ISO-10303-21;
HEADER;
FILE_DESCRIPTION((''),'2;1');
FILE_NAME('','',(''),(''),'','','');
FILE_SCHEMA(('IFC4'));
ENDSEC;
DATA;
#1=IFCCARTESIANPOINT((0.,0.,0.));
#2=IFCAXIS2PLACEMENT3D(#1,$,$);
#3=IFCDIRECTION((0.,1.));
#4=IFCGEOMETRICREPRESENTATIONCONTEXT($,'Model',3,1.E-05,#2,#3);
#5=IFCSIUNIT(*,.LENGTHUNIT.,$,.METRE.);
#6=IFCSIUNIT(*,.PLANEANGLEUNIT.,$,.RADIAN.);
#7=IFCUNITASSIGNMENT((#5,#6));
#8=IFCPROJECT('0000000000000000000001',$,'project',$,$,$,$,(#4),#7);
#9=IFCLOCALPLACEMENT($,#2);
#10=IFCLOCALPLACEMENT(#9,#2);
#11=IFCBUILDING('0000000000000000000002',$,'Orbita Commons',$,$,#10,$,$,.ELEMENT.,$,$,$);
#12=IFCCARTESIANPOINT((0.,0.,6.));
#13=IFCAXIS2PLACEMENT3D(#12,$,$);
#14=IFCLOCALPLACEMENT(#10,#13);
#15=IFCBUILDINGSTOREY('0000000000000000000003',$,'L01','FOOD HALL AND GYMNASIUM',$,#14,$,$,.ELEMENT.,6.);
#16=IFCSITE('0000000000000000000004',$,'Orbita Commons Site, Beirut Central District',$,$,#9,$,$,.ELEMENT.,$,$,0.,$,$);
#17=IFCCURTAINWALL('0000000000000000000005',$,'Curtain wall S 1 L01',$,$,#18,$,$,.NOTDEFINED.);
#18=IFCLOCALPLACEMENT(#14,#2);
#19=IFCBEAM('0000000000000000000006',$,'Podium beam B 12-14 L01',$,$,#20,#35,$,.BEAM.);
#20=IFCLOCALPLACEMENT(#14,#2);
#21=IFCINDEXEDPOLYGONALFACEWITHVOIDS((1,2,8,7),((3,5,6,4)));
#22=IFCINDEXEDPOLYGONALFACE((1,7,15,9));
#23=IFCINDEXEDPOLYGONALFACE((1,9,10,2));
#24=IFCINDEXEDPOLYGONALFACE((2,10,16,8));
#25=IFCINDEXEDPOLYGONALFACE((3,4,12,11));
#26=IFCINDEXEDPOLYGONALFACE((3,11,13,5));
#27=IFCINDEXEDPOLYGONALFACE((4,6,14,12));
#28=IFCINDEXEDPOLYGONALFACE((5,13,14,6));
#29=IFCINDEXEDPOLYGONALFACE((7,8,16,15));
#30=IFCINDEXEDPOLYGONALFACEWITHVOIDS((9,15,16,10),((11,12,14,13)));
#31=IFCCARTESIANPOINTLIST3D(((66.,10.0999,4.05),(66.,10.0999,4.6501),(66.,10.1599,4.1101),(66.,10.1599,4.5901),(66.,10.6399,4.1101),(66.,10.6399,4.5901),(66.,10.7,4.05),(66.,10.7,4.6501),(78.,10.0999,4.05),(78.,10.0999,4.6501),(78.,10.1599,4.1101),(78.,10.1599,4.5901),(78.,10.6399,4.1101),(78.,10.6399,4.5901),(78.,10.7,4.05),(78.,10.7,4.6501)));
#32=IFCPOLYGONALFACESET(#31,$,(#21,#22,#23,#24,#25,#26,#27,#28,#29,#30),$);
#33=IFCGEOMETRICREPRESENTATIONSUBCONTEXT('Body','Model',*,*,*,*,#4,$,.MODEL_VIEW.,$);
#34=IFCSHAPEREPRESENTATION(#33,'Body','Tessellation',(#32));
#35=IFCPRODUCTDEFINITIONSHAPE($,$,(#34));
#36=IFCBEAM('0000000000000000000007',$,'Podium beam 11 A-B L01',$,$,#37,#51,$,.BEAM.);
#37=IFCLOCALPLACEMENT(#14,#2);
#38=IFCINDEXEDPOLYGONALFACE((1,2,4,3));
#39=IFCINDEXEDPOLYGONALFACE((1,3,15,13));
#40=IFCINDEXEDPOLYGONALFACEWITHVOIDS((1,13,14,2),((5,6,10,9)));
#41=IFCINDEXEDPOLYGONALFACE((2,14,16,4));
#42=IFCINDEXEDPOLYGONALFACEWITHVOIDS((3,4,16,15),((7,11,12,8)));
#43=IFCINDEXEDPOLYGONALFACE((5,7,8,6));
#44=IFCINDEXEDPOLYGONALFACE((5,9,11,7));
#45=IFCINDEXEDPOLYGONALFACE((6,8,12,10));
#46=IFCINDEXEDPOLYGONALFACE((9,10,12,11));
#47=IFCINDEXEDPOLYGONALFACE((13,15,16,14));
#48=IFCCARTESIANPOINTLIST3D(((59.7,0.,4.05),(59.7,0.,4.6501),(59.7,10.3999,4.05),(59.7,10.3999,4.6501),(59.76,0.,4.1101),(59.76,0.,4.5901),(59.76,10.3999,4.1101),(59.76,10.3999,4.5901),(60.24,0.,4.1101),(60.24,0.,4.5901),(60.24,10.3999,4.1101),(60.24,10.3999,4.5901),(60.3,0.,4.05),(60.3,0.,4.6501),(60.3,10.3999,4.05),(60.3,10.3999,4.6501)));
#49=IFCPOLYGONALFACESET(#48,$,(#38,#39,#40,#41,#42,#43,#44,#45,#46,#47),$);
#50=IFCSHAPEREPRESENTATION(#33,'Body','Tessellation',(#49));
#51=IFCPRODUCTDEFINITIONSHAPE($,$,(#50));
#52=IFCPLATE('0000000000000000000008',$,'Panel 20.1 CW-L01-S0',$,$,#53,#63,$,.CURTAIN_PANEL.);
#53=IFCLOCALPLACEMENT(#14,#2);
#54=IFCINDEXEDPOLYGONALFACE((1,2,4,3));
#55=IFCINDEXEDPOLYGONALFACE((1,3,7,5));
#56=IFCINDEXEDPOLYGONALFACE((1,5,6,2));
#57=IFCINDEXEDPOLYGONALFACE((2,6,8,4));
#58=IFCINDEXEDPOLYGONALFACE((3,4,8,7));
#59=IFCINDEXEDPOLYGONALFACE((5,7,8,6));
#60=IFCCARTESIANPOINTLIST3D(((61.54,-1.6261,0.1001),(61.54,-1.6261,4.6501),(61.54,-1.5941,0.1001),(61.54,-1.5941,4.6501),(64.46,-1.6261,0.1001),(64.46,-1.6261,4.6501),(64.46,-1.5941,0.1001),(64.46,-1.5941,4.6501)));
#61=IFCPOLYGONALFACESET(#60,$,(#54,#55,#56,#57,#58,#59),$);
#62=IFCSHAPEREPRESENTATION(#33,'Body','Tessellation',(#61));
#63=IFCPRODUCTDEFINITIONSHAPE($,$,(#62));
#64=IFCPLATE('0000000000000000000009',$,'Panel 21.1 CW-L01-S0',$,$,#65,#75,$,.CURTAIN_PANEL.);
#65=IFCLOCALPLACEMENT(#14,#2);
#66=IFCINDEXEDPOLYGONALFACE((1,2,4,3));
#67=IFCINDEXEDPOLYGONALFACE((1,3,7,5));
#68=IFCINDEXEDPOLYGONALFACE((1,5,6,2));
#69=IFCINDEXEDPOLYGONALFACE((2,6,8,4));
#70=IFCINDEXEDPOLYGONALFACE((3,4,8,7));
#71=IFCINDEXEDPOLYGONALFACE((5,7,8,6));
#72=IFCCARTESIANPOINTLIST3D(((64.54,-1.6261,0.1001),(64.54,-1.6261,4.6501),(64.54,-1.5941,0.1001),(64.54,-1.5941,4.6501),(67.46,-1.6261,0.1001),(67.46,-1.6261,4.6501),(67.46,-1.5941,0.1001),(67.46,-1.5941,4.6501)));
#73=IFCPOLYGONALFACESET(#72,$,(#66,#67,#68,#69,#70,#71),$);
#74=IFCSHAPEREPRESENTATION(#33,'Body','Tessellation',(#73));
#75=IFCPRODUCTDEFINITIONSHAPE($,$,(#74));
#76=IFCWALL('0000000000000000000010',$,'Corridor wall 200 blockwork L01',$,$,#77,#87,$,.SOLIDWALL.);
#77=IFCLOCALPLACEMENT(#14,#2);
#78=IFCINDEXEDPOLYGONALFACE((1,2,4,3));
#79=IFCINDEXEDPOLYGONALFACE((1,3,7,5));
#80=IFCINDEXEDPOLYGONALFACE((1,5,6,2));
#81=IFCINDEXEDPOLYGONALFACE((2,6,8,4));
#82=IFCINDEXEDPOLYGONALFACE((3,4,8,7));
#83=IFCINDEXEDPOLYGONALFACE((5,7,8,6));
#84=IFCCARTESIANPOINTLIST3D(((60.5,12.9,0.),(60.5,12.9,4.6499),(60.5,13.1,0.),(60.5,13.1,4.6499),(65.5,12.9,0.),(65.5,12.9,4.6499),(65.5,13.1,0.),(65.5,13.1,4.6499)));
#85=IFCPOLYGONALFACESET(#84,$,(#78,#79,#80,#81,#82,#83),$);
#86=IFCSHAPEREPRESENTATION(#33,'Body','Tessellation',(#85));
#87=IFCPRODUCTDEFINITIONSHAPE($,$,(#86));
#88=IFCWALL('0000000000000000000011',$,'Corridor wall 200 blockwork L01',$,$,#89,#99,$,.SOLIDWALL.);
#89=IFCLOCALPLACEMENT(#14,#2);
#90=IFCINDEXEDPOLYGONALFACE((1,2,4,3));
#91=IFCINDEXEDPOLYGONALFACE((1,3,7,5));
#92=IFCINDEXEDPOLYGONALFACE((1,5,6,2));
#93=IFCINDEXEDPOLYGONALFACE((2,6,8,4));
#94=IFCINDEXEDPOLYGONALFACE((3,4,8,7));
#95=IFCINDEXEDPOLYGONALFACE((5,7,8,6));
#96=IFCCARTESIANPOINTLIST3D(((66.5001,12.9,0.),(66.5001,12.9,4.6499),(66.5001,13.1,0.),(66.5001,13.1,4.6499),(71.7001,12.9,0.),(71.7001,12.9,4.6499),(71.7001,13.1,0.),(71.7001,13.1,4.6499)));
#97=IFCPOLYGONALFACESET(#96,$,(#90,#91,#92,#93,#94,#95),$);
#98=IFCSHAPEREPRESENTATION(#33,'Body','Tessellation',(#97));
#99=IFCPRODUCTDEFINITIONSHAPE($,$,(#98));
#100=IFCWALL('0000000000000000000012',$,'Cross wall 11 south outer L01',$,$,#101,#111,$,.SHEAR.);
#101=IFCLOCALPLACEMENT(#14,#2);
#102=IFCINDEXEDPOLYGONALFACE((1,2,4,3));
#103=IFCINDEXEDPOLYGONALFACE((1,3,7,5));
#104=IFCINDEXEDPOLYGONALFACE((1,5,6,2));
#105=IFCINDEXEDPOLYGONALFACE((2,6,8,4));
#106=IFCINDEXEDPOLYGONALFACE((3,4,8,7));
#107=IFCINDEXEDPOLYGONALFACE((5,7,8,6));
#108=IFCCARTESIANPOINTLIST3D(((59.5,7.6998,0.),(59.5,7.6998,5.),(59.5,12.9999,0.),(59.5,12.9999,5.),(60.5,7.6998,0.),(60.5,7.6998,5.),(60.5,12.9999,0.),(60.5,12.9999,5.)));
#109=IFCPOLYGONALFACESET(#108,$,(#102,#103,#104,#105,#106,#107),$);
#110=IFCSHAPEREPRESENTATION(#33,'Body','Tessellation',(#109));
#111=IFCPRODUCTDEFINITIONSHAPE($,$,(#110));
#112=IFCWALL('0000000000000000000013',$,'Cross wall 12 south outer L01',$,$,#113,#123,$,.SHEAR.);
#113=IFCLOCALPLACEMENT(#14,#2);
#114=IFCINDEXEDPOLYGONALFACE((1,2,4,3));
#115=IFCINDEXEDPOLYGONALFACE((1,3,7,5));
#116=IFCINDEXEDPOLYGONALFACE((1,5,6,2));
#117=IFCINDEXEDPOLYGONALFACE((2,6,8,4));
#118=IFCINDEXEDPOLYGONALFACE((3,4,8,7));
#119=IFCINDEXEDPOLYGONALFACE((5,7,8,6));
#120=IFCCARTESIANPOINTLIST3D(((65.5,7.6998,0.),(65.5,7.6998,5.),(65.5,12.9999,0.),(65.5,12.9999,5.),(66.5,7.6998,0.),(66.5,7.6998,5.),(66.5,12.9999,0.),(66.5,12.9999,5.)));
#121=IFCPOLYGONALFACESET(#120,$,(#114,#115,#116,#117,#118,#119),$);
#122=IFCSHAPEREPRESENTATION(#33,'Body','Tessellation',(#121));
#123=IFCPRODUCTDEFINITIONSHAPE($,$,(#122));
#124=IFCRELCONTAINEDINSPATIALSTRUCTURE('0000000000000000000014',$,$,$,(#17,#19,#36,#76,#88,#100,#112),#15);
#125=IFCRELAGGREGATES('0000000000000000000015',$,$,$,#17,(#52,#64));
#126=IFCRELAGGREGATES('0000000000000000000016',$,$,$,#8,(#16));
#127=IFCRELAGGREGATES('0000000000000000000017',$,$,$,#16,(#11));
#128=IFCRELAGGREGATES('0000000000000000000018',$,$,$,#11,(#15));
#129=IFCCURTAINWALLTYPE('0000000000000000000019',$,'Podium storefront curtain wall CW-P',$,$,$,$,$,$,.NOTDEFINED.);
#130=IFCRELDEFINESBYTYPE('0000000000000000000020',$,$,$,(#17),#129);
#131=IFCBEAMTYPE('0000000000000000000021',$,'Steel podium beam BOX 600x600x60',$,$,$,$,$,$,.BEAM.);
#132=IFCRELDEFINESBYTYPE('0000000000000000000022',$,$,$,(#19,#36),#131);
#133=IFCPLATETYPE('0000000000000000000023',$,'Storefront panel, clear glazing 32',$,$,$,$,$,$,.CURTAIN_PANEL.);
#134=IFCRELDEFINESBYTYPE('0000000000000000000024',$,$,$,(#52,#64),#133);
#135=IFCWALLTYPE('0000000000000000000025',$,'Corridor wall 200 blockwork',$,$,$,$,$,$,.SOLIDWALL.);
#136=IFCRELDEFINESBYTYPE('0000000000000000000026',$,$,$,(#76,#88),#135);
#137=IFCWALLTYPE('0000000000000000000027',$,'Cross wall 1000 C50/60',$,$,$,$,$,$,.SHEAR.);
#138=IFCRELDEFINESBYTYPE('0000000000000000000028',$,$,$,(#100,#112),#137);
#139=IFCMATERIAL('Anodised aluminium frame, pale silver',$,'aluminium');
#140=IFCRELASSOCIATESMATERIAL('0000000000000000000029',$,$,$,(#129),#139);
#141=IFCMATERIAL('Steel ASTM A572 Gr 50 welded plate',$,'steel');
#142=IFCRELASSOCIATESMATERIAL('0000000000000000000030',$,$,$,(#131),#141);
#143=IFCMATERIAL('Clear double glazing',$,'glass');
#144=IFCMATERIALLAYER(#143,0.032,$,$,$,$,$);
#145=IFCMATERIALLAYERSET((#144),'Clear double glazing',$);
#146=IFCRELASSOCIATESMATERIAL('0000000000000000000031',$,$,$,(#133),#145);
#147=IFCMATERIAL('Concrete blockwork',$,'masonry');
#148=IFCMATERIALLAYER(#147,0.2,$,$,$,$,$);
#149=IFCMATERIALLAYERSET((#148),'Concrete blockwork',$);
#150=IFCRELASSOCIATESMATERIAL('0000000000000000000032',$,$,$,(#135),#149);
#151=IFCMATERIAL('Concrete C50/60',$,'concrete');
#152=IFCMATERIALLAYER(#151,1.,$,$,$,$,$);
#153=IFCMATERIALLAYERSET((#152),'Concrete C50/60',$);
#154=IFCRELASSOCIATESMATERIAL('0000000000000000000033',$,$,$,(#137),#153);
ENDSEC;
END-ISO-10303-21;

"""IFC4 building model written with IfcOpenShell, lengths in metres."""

from ifc_helpers import new_model, si_unit, direction, frame, frame_2d, origin, origin_2d, place, context, subcontext, project, spatial, rectangle, hollow_rectangle, extrude, material, layer, layer_set, material_profile, profile_set, type_object, element, aggregate, save


model = new_model("IFC4")

# Units and contexts
model_context = context("Model", 3, precision=1e-05, world=origin(), true_north=direction((0.0, 1.0)))
body_context = subcontext(model_context, "Body", "Model", "MODEL_VIEW")
ifc_project = project(units=[si_unit("LENGTHUNIT", "METRE"), si_unit("PLANEANGLEUNIT", "RADIAN")], contexts=[model_context])

# Site, building, storey
site_placement = place(None, origin())
site = spatial("IfcSite", under=ifc_project, at=site_placement, Name="Orbita Commons Site, Beirut Central District", CompositionType="ELEMENT", RefElevation=0.0)
building_placement = place(site_placement, origin())
building = spatial("IfcBuilding", under=site, at=building_placement, Name="Orbita Commons", CompositionType="ELEMENT")
storey_placement = place(building_placement, frame((0.0, 0.0, 6.0)))
storey = spatial("IfcBuildingStorey", under=building, at=storey_placement, Name="L01", Description="FOOD HALL AND GYMNASIUM", CompositionType="ELEMENT", Elevation=6.0)

# Curtain wall
ifc_material_1 = material(Name="Anodised aluminium frame, pale silver", Category="aluminium")
curtain_wall_type = type_object("IfcCurtainWallType", Name="Podium storefront curtain wall CW-P", PredefinedType="NOTDEFINED", material=ifc_material_1)
curtain_wall_placement = place(storey_placement, origin())
curtain_wall = element("IfcCurtainWall", 1, at=curtain_wall_placement, inside=storey, type_object=curtain_wall_type, Name="Curtain wall S 1 L01", PredefinedType="NOTDEFINED")

# Beams
ifc_material_2 = material(Name="Steel ASTM A572 Gr 50 welded plate", Category="steel")
ifc_material_profile_1 = material_profile(ifc_material_2, hollow_rectangle(XDim=0.6001, YDim=0.6001, WallThickness=0.0601, at=origin_2d()), Name="BOX 600x600x60")
ifc_profile_set_1 = profile_set([ifc_material_profile_1], Name="Steel ASTM A572 Gr 50 welded plate")
beam_type_1 = type_object("IfcBeamType", Name="Steel podium beam BOX 600x600x60", PredefinedType="BEAM", material=ifc_profile_set_1)
beam_1_placement = place(storey_placement, frame((66.0, 10.3999, 4.3501), z_axis=(1.0, 0.0, 0.0), x_axis=(0.0, 1.0, 0.0)))
element("IfcBeam", 2, at=beam_1_placement, inside=storey, type_object=beam_type_1, Name="Podium beam B 12-14 L01", PredefinedType="BEAM", context=body_context, shape_type="SweptSolid", body=[
    extrude(hollow_rectangle(XDim=0.6001, YDim=0.6001, WallThickness=0.0601, at=origin_2d()), origin(), (0.0, 0.0, 1.0), 12.0),
])
beam_2_placement = place(storey_placement, frame((60.0, 0.0, 4.3501), z_axis=(0.0, 1.0, 0.0), x_axis=(-1.0, 0.0, 0.0)))
element("IfcBeam", 3, at=beam_2_placement, inside=storey, type_object=beam_type_1, Name="Podium beam 11 A-B L01", PredefinedType="BEAM", context=body_context, shape_type="SweptSolid", body=[
    extrude(hollow_rectangle(XDim=0.6001, YDim=0.6001, WallThickness=0.0601, at=origin_2d()), origin(), (0.0, 0.0, 1.0), 10.3999),
])

# Plates
ifc_material_3 = material(Name="Clear double glazing", Category="glass")
ifc_layer_1 = layer(ifc_material_3, 0.032)
ifc_layer_set_1 = layer_set([ifc_layer_1], Name="Clear double glazing")
plate_type = type_object("IfcPlateType", Name="Storefront panel, clear glazing 32", PredefinedType="CURTAIN_PANEL", material=ifc_layer_set_1)
plate_1_placement = place(storey_placement, frame((63.0, -1.6101, 0.1001), z_axis=(0.0, 0.0, 1.0), x_axis=(1.0, 0.0, 0.0)))
plate_1 = element("IfcPlate", 4, at=plate_1_placement, type_object=plate_type, Name="Panel 20.1 CW-L01-S0", PredefinedType="CURTAIN_PANEL", context=body_context, shape_type="SweptSolid", body=[
    extrude(rectangle(XDim=2.9199, YDim=0.032, at=origin_2d()), origin(), (0.0, 0.0, 1.0), 4.55),
])
plate_2_placement = place(storey_placement, frame((66.0, -1.6101, 0.1001), z_axis=(0.0, 0.0, 1.0), x_axis=(1.0, 0.0, 0.0)))
plate_2 = element("IfcPlate", 5, at=plate_2_placement, type_object=plate_type, Name="Panel 21.1 CW-L01-S0", PredefinedType="CURTAIN_PANEL", context=body_context, shape_type="SweptSolid", body=[
    extrude(rectangle(XDim=2.9199, YDim=0.032, at=origin_2d()), origin(), (0.0, 0.0, 1.0), 4.55),
])
aggregate(curtain_wall, [plate_1, plate_2])

# Walls
ifc_material_4 = material(Name="Concrete blockwork", Category="masonry")
ifc_layer_2 = layer(ifc_material_4, 0.2)
ifc_layer_set_2 = layer_set([ifc_layer_2], Name="Concrete blockwork")
wall_type_1 = type_object("IfcWallType", Name="Corridor wall 200 blockwork", PredefinedType="SOLIDWALL", material=ifc_layer_set_2)
wall_1_placement = place(storey_placement, frame((60.5, 13.0, 0.0), z_axis=(0.0, 0.0, 1.0), x_axis=(1.0, 0.0, 0.0)))
element("IfcWall", 6, at=wall_1_placement, inside=storey, type_object=wall_type_1, Name="Corridor wall 200 blockwork L01", PredefinedType="SOLIDWALL", context=body_context, shape_type="SweptSolid", body=[
    extrude(rectangle(XDim=5.0, YDim=0.2, at=frame_2d((2.5, 0.0))), origin(), (0.0, 0.0, 1.0), 4.6499),
])
wall_2_placement = place(storey_placement, frame((66.5, 13.0, 0.0), z_axis=(0.0, 0.0, 1.0), x_axis=(1.0, 0.0, 0.0)))
element("IfcWall", 7, at=wall_2_placement, inside=storey, type_object=wall_type_1, Name="Corridor wall 200 blockwork L01", PredefinedType="SOLIDWALL", context=body_context, shape_type="SweptSolid", body=[
    extrude(rectangle(XDim=5.2, YDim=0.2, at=frame_2d((2.6001, 0.0))), origin(), (0.0, 0.0, 1.0), 4.6499),
])
ifc_material_5 = material(Name="Concrete C50/60", Category="concrete")
ifc_layer_3 = layer(ifc_material_5, 1.0)
ifc_layer_set_3 = layer_set([ifc_layer_3], Name="Concrete C50/60")
wall_type_2 = type_object("IfcWallType", Name="Cross wall 1000 C50/60", PredefinedType="SHEAR", material=ifc_layer_set_3)
for number, where, z_axis, x_axis, name in (
    (8, (60.0, 7.7, 0.0), (0.0, 0.0, 1.0), (0.0, 1.0, 0.0), "Cross wall 11 south outer L01"),
    (9, (66.0, 7.7, 0.0), (0.0, 0.0, 1.0), (0.0, 1.0, 0.0), "Cross wall 12 south outer L01"),
):
    element("IfcWall", number, at=place(storey_placement, frame(where, z_axis=z_axis, x_axis=x_axis)), inside=storey, type_object=wall_type_2, Name=name, PredefinedType="SHEAR", context=body_context, shape_type="SweptSolid", body=[
        extrude(rectangle(XDim=5.3, YDim=1.0, at=frame_2d((2.6499, 0.0))), origin(), (0.0, 0.0, 1.0), 5.0),
    ])

save(model, "model.ifc")
